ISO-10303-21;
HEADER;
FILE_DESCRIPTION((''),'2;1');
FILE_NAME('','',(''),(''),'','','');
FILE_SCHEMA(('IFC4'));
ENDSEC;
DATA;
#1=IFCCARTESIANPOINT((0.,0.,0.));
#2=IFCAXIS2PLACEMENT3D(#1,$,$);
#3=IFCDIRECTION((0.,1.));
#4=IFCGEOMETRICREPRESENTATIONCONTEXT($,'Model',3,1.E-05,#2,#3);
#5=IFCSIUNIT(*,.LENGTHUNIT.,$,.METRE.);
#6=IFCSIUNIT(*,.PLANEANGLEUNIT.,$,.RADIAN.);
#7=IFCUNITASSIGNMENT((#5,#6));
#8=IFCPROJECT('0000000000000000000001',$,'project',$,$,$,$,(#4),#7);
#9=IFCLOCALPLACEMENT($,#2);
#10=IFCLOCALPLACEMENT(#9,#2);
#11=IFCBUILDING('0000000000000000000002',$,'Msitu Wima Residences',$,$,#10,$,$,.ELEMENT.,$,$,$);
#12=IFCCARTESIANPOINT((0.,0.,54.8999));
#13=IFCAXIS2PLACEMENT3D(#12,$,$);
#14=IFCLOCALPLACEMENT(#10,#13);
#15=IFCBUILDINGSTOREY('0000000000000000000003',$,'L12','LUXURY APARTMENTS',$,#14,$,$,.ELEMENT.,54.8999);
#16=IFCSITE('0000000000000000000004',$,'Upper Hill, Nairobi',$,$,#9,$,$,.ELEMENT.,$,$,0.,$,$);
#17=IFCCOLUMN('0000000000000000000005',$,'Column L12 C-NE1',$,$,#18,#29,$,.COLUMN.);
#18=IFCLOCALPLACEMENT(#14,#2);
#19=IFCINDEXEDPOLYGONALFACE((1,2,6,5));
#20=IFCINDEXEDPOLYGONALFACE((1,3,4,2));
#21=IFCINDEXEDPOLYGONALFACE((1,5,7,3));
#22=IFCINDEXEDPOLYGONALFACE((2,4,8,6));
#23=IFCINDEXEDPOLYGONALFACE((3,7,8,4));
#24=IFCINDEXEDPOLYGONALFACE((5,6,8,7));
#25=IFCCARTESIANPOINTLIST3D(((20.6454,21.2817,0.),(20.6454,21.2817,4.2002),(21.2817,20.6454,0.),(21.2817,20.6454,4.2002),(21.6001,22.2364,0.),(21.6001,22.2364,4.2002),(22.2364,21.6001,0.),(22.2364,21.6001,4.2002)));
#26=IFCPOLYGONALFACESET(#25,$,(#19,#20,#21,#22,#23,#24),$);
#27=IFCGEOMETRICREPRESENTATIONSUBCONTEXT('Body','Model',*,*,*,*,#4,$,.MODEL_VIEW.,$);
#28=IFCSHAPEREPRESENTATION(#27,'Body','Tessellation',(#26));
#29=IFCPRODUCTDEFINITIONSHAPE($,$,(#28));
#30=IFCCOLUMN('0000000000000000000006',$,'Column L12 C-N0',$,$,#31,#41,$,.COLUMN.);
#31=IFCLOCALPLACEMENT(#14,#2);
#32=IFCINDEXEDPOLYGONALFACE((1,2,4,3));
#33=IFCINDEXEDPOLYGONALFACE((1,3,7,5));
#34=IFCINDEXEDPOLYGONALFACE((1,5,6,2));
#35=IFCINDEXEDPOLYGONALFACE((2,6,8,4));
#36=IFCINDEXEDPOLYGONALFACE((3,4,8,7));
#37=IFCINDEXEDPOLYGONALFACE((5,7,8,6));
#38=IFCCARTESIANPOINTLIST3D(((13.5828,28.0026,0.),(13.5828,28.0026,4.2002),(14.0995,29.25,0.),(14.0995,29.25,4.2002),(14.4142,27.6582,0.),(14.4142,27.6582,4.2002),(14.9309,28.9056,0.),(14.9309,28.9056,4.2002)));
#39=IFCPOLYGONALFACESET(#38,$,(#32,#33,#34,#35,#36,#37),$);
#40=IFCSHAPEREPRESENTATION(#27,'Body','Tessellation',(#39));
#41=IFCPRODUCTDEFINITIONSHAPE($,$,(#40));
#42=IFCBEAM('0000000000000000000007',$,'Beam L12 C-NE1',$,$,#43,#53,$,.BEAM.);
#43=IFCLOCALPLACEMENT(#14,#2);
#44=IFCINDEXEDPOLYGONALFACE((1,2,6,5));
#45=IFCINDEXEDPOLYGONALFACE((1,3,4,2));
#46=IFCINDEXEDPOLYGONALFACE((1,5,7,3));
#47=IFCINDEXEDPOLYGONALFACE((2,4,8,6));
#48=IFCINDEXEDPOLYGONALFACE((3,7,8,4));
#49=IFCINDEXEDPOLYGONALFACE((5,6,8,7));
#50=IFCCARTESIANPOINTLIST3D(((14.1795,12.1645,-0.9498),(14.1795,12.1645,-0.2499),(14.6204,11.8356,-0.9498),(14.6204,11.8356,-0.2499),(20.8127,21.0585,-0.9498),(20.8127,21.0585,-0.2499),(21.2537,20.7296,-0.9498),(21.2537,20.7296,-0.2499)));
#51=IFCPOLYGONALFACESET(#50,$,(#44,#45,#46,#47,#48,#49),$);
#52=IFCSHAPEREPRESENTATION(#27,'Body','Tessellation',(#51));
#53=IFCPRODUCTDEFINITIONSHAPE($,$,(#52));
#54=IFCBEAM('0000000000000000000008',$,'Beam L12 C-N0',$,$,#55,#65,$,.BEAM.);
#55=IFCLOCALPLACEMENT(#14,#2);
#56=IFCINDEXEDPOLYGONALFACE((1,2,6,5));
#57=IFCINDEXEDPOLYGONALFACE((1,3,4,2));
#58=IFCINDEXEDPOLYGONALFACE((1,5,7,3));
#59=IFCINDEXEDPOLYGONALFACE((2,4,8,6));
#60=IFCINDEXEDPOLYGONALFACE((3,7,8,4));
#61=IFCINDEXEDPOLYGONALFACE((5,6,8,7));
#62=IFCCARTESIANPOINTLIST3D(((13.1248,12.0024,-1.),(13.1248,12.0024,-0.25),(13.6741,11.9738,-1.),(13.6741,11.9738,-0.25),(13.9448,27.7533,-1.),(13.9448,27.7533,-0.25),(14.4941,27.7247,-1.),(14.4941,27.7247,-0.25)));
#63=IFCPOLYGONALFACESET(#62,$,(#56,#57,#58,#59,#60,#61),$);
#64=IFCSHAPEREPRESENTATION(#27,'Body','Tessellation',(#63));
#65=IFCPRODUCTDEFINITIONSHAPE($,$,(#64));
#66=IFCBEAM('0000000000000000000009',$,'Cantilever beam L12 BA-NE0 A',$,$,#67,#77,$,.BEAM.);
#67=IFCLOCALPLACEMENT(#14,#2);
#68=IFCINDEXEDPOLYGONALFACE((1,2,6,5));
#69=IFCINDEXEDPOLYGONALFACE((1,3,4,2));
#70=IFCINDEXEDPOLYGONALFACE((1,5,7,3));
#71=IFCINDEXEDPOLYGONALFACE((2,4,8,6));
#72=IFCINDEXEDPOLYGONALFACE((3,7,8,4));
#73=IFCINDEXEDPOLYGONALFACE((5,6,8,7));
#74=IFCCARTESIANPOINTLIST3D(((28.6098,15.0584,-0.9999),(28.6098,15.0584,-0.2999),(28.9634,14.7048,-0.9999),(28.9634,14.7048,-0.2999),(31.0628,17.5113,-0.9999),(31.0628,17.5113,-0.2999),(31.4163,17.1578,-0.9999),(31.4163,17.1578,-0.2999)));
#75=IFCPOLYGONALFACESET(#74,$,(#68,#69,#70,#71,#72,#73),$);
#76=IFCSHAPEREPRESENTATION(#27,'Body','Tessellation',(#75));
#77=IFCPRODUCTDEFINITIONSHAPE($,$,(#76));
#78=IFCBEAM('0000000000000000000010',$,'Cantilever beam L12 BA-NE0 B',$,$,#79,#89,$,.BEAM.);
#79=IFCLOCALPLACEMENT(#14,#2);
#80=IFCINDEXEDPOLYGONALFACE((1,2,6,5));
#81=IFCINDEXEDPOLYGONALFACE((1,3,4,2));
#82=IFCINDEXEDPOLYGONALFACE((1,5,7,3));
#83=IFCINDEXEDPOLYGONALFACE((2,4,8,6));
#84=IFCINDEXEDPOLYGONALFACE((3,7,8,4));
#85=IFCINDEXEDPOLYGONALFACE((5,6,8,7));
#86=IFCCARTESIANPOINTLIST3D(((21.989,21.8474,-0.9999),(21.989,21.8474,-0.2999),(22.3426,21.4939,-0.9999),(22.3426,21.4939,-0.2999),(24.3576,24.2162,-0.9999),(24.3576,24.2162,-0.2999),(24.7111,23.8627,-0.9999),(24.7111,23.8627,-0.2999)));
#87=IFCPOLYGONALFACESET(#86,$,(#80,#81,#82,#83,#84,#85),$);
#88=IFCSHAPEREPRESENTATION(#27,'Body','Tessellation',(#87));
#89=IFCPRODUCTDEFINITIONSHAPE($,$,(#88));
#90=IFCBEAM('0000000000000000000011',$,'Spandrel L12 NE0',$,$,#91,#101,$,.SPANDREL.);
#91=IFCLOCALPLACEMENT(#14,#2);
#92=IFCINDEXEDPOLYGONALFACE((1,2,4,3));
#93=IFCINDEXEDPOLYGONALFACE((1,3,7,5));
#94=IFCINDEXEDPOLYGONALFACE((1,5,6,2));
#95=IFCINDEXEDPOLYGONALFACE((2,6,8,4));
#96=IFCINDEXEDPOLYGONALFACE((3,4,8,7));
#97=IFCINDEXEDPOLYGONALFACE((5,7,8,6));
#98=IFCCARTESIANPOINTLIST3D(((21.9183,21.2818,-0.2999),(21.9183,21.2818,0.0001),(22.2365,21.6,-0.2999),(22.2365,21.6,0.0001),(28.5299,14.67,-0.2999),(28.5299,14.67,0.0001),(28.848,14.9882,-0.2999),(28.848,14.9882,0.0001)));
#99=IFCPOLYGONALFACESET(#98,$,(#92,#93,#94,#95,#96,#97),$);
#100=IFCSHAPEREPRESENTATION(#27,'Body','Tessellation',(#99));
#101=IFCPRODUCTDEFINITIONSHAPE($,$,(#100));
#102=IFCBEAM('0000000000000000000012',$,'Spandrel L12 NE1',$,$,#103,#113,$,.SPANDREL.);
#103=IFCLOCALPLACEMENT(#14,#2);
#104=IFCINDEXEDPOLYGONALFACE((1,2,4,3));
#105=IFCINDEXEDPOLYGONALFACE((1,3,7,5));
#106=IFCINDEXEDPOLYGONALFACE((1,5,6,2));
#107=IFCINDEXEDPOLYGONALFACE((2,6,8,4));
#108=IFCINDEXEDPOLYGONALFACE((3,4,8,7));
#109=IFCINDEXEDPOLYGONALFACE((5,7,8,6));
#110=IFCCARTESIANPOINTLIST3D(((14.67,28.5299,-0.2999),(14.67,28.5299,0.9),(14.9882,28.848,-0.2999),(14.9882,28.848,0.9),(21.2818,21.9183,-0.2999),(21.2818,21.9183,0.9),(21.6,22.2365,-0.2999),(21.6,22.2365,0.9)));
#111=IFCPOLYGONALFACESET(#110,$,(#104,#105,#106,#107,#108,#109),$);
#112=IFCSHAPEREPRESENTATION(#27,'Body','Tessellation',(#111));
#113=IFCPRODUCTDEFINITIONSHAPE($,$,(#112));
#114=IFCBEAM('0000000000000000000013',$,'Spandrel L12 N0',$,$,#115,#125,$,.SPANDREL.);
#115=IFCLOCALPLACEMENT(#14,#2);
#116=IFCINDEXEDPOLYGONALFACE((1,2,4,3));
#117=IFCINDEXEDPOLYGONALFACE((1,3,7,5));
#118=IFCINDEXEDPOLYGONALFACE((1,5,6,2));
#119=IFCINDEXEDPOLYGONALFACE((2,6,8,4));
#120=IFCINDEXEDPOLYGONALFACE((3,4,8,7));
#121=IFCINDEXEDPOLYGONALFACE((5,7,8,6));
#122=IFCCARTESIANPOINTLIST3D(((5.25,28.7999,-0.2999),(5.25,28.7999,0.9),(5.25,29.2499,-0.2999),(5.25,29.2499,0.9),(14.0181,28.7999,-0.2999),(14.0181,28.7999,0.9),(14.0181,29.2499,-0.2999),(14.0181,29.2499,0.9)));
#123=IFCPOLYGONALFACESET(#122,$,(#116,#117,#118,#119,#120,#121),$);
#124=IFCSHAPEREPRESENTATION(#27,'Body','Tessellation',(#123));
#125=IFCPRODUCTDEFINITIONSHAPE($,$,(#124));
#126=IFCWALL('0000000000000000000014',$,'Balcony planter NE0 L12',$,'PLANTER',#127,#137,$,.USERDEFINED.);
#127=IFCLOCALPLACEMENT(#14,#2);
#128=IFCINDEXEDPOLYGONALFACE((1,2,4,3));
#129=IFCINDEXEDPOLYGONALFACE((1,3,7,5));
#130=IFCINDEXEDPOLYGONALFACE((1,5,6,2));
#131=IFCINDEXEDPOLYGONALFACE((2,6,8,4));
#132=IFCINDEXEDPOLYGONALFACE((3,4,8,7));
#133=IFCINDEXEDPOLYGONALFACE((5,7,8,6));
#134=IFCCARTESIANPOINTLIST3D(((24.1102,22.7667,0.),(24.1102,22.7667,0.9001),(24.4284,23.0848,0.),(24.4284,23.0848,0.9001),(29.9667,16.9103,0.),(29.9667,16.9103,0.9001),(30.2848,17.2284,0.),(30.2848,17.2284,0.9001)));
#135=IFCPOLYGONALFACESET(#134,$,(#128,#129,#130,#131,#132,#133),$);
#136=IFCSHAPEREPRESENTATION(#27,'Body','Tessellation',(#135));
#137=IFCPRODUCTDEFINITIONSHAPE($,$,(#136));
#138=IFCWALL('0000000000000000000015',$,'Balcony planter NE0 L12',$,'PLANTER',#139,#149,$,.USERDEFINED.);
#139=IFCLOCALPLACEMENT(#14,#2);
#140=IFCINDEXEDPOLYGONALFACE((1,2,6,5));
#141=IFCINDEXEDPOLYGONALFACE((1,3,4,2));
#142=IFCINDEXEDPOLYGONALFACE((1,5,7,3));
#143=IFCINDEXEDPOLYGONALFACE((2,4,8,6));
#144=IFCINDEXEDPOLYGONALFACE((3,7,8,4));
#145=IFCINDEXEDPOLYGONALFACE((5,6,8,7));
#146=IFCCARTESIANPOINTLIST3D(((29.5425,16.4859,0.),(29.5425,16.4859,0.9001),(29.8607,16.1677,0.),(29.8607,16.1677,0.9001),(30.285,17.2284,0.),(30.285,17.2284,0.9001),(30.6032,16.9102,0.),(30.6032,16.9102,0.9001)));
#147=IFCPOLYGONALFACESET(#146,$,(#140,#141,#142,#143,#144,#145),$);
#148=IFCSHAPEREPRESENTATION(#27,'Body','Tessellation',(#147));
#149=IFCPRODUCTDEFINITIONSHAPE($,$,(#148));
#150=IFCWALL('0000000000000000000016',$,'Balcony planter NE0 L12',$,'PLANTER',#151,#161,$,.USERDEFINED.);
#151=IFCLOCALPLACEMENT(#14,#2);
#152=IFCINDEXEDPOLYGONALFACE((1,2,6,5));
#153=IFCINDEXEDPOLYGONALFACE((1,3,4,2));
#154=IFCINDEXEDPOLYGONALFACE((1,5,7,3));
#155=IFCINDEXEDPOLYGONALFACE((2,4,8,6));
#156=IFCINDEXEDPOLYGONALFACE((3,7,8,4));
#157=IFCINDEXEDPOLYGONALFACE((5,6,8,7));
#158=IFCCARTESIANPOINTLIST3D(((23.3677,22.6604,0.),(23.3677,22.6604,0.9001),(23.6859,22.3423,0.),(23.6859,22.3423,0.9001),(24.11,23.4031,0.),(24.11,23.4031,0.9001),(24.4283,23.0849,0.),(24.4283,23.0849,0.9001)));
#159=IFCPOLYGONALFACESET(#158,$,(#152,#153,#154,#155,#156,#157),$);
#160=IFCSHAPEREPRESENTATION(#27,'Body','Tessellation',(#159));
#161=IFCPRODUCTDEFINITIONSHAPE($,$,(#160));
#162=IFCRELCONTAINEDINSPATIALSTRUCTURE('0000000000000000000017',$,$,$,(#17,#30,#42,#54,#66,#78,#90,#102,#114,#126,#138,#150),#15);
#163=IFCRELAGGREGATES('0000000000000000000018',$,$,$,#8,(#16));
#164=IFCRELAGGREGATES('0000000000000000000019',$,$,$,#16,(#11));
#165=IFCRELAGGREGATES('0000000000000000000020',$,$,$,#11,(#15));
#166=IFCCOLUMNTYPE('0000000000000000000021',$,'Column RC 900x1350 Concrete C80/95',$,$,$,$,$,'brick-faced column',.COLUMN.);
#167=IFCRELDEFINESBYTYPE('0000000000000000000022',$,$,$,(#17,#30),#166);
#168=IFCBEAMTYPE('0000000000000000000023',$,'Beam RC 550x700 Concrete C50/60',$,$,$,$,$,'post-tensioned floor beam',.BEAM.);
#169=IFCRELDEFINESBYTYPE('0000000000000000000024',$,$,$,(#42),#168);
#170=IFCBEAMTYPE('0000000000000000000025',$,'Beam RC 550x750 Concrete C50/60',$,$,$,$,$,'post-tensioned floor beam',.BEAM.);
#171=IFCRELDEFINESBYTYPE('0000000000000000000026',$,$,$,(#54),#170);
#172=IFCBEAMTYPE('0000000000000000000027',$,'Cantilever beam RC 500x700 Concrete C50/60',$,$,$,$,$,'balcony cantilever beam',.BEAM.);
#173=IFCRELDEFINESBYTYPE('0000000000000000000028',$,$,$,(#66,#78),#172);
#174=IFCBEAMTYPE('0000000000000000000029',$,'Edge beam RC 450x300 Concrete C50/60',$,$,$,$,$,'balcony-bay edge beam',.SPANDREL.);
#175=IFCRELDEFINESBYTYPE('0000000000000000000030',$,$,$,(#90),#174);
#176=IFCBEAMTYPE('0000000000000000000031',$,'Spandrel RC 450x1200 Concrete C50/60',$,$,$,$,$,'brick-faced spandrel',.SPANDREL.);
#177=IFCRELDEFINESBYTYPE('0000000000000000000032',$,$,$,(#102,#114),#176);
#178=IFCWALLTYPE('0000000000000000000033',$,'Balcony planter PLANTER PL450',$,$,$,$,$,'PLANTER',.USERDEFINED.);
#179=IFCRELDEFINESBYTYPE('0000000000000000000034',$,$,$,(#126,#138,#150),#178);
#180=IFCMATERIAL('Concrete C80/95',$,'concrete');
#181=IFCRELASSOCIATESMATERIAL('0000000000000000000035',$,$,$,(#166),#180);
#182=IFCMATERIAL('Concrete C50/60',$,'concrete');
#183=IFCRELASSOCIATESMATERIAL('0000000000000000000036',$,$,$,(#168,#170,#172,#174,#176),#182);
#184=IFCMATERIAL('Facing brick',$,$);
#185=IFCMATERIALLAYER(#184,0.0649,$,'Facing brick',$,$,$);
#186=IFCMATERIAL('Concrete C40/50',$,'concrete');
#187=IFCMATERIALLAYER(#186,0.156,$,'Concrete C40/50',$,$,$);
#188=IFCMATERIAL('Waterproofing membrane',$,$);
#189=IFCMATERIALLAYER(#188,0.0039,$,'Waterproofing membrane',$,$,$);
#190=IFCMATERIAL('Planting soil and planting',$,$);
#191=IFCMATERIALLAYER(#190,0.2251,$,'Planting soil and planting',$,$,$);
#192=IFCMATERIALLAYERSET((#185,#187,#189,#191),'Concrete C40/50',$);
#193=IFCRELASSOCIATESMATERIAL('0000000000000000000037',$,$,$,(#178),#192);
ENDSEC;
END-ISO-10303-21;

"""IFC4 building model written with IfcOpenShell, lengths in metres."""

from ifc_helpers import new_model, si_unit, direction, frame, frame_2d, origin, origin_2d, place, context, subcontext, project, spatial, rectangle, extrude, material, layer, layer_set, material_profile, profile_set, type_object, element, save


model = new_model("IFC4")

# Units and contexts
model_context = context("Model", 3, precision=1e-05, world=origin(), true_north=direction((0.0, 1.0)))
body_context = subcontext(model_context, "Body", "Model", "MODEL_VIEW")
ifc_project = project(units=[si_unit("LENGTHUNIT", "METRE"), si_unit("PLANEANGLEUNIT", "RADIAN")], contexts=[model_context])

# Site, building, storey
site_placement = place(None, origin())
site = spatial("IfcSite", under=ifc_project, at=site_placement, Name="Upper Hill, Nairobi", CompositionType="ELEMENT", RefElevation=0.0)
building_placement = place(site_placement, origin())
building = spatial("IfcBuilding", under=site, at=building_placement, Name="Msitu Wima Residences", CompositionType="ELEMENT")
storey_placement = place(building_placement, frame((0.0, 0.0, 54.8999)))
storey = spatial("IfcBuildingStorey", under=building, at=storey_placement, Name="L12", Description="LUXURY APARTMENTS", CompositionType="ELEMENT", Elevation=54.8999)

# Columns
ifc_material_1 = material(Name="Concrete C80/95", Category="concrete")
ifc_material_profile_1 = material_profile(ifc_material_1, rectangle(XDim=0.8999, YDim=1.3501, at=origin_2d()), Name="RC 900x1350")
ifc_profile_set_1 = profile_set([ifc_material_profile_1], Name="Concrete C80/95")
column_type = type_object("IfcColumnType", Name="Column RC 900x1350 Concrete C80/95", ElementType="brick-faced column", PredefinedType="COLUMN", material=ifc_profile_set_1)
for number, where, z_axis, x_axis, name in (
    (1, (21.4409, 21.4409, 0.0), (0.0, 0.0, 1.0), (-0.707107, 0.707107, 0.0), "Column L12 C-NE1"),
    (2, (14.2568, 28.4541, 0.0), (0.0, 0.0, 1.0), (-0.92388, 0.382683, 0.0), "Column L12 C-N0"),
):
    element("IfcColumn", number, at=place(storey_placement, frame(where, z_axis=z_axis, x_axis=x_axis)), inside=storey, type_object=column_type, Name=name, PredefinedType="COLUMN", context=body_context, shape_type="SweptSolid", body=[
        extrude(rectangle(XDim=0.8999, YDim=1.3501, at=origin_2d()), origin(), (0.0, 0.0, 1.0), 4.2002),
    ])

# Beams
ifc_material_2 = material(Name="Concrete C50/60", Category="concrete")
ifc_material_profile_2 = material_profile(ifc_material_2, rectangle(XDim=0.55, YDim=0.7, at=origin_2d()), Name="RC 550x700")
ifc_profile_set_2 = profile_set([ifc_material_profile_2], Name="Concrete C50/60")
beam_type_1 = type_object("IfcBeamType", Name="Beam RC 550x700 Concrete C50/60", ElementType="post-tensioned floor beam", PredefinedType="BEAM", material=ifc_profile_set_2)
beam_1_placement = place(storey_placement, frame((21.0332, 20.894, -0.5999), z_axis=(-0.59785, -0.801608, 0.0), x_axis=(0.801608, -0.59785, 0.0)))
element("IfcBeam", 3, at=beam_1_placement, inside=storey, type_object=beam_type_1, Name="Beam L12 C-NE1", PredefinedType="BEAM", context=body_context, shape_type="SweptSolid", body=[
    extrude(rectangle(XDim=0.55, YDim=0.7, at=origin_2d()), origin(), (0.0, 0.0, 1.0), 11.0952),
])
ifc_material_profile_3 = material_profile(ifc_material_2, rectangle(XDim=0.55, YDim=0.75, at=origin_2d()), Name="RC 550x750")
ifc_profile_set_3 = profile_set([ifc_material_profile_3], Name="Concrete C50/60")
beam_type_2 = type_object("IfcBeamType", Name="Beam RC 550x750 Concrete C50/60", ElementType="post-tensioned floor beam", PredefinedType="BEAM", material=ifc_profile_set_3)
beam_2_placement = place(storey_placement, frame((14.2195, 27.739, -0.625), z_axis=(-0.051994, -0.998647, 0.0), x_axis=(0.998647, -0.051994, 0.0)))
element("IfcBeam", 4, at=beam_2_placement, inside=storey, type_object=beam_type_2, Name="Beam L12 C-N0", PredefinedType="BEAM", context=body_context, shape_type="SweptSolid", body=[
    extrude(rectangle(XDim=0.55, YDim=0.75, at=origin_2d()), origin(), (0.0, 0.0, 1.0), 15.7722),
])
ifc_material_profile_4 = material_profile(ifc_material_2, rectangle(XDim=0.5, YDim=0.7, at=origin_2d()), Name="RC 500x700")
ifc_profile_set_4 = profile_set([ifc_material_profile_4], Name="Concrete C50/60")
beam_type_3 = type_object("IfcBeamType", Name="Cantilever beam RC 500x700 Concrete C50/60", ElementType="balcony cantilever beam", PredefinedType="BEAM", material=ifc_profile_set_4)
beam_3_placement = place(storey_placement, frame((28.7866, 14.8816, -0.6499), z_axis=(0.707107, 0.707107, 0.0), x_axis=(-0.707107, 0.707107, 0.0)))
element("IfcBeam", 5, at=beam_3_placement, inside=storey, type_object=beam_type_3, Name="Cantilever beam L12 BA-NE0 A", PredefinedType="BEAM", context=body_context, shape_type="SweptSolid", body=[
    extrude(rectangle(XDim=0.5, YDim=0.7, at=origin_2d()), origin(), (0.0, 0.0, 1.0), 3.469),
])
beam_4_placement = place(storey_placement, frame((22.1658, 21.6707, -0.6499), z_axis=(0.70707, 0.707143, 0.0), x_axis=(-0.707143, 0.70707, 0.0)))
element("IfcBeam", 6, at=beam_4_placement, inside=storey, type_object=beam_type_3, Name="Cantilever beam L12 BA-NE0 B", PredefinedType="BEAM", context=body_context, shape_type="SweptSolid", body=[
    extrude(rectangle(XDim=0.5, YDim=0.7, at=origin_2d()), origin(), (0.0, 0.0, 1.0), 3.3499),
])
ifc_material_profile_5 = material_profile(ifc_material_2, rectangle(XDim=0.45, YDim=0.3, at=origin_2d()), Name="RC 450x300")
ifc_profile_set_5 = profile_set([ifc_material_profile_5], Name="Concrete C50/60")
beam_type_4 = type_object("IfcBeamType", Name="Edge beam RC 450x300 Concrete C50/60", ElementType="balcony-bay edge beam", PredefinedType="SPANDREL", material=ifc_profile_set_5)
beam_5_placement = place(storey_placement, frame((28.689, 14.8291, -0.1499), z_axis=(-0.707094, 0.70712, 0.0), x_axis=(-0.70712, -0.707094, 0.0)))
element("IfcBeam", 7, at=beam_5_placement, inside=storey, type_object=beam_type_4, Name="Spandrel L12 NE0", PredefinedType="SPANDREL", context=body_context, shape_type="SweptSolid", body=[
    extrude(rectangle(XDim=0.45, YDim=0.3, at=origin_2d()), origin(), (0.0, 0.0, 1.0), 9.3503),
])
ifc_material_profile_6 = material_profile(ifc_material_2, rectangle(XDim=0.45, YDim=1.2, at=origin_2d()), Name="RC 450x1200")
ifc_profile_set_6 = profile_set([ifc_material_profile_6], Name="Concrete C50/60")
beam_type_5 = type_object("IfcBeamType", Name="Spandrel RC 450x1200 Concrete C50/60", ElementType="brick-faced spandrel", PredefinedType="SPANDREL", material=ifc_profile_set_6)
beam_6_placement = place(storey_placement, frame((21.4409, 22.0774, 0.3), z_axis=(-0.70712, 0.707094, 0.0), x_axis=(-0.707094, -0.70712, 0.0)))
element("IfcBeam", 8, at=beam_6_placement, inside=storey, type_object=beam_type_5, Name="Spandrel L12 NE1", PredefinedType="SPANDREL", context=body_context, shape_type="SweptSolid", body=[
    extrude(rectangle(XDim=0.45, YDim=1.2, at=origin_2d()), origin(), (0.0, 0.0, 1.0), 9.3503),
])
beam_7_placement = place(storey_placement, frame((14.0181, 29.0249, 0.3), z_axis=(-1.0, 0.0, 0.0), x_axis=(0.0, -1.0, 0.0)))
element("IfcBeam", 9, at=beam_7_placement, inside=storey, type_object=beam_type_5, Name="Spandrel L12 N0", PredefinedType="SPANDREL", context=body_context, shape_type="SweptSolid", body=[
    extrude(rectangle(XDim=0.45, YDim=1.2, at=origin_2d()), origin(), (0.0, 0.0, 1.0), 8.7681),
])

# Walls
ifc_material_3 = material(Name="Facing brick")
ifc_layer_1 = layer(ifc_material_3, 0.0649, Name="Facing brick")
ifc_material_4 = material(Name="Concrete C40/50", Category="concrete")
ifc_layer_2 = layer(ifc_material_4, 0.156, Name="Concrete C40/50")
ifc_material_5 = material(Name="Waterproofing membrane")
ifc_layer_3 = layer(ifc_material_5, 0.0039, Name="Waterproofing membrane")
ifc_material_6 = material(Name="Planting soil and planting")
ifc_layer_4 = layer(ifc_material_6, 0.2251, Name="Planting soil and planting")
ifc_layer_set_1 = layer_set([ifc_layer_1, ifc_layer_2, ifc_layer_3, ifc_layer_4], Name="Concrete C40/50")
wall_type_1 = type_object("IfcWallType", Name="Balcony planter PLANTER PL450", ElementType="PLANTER", PredefinedType="USERDEFINED", material=ifc_layer_set_1)
wall_1_placement = place(storey_placement, frame((30.1257, 17.0693, 0.0), z_axis=(0.0, 0.0, 1.0), x_axis=(-0.707107, 0.707107, 0.0)))
element("IfcWall", 10, at=wall_1_placement, inside=storey, type_object=wall_type_1, Name="Balcony planter NE0 L12", ObjectType="PLANTER", PredefinedType="USERDEFINED", context=body_context, shape_type="SweptSolid", body=[
    extrude(rectangle(XDim=8.2822, YDim=0.45, at=frame_2d((4.1411, 0.0))), origin(), (0.0, 0.0, 1.0), 0.9001),
])
for number, where, z_axis, x_axis, name in (
    (11, (29.7017, 16.3269, 0.0), (0.0, 0.0, 1.0), (0.707107, 0.707107, 0.0), "Balcony planter NE0 L12"),
    (12, (23.5269, 22.5015, 0.0), (0.0, 0.0, 1.0), (0.706991, 0.707223, 0.0), "Balcony planter NE0 L12"),
):
    element("IfcWall", number, at=place(storey_placement, frame(where, z_axis=z_axis, x_axis=x_axis)), inside=storey, type_object=wall_type_1, Name=name, ObjectType="PLANTER", PredefinedType="USERDEFINED", context=body_context, shape_type="SweptSolid", body=[
        extrude(rectangle(XDim=1.05, YDim=0.45, at=frame_2d((0.5249, 0.0))), origin(), (0.0, 0.0, 1.0), 0.9001),
    ])

save(model, "model.ifc")
